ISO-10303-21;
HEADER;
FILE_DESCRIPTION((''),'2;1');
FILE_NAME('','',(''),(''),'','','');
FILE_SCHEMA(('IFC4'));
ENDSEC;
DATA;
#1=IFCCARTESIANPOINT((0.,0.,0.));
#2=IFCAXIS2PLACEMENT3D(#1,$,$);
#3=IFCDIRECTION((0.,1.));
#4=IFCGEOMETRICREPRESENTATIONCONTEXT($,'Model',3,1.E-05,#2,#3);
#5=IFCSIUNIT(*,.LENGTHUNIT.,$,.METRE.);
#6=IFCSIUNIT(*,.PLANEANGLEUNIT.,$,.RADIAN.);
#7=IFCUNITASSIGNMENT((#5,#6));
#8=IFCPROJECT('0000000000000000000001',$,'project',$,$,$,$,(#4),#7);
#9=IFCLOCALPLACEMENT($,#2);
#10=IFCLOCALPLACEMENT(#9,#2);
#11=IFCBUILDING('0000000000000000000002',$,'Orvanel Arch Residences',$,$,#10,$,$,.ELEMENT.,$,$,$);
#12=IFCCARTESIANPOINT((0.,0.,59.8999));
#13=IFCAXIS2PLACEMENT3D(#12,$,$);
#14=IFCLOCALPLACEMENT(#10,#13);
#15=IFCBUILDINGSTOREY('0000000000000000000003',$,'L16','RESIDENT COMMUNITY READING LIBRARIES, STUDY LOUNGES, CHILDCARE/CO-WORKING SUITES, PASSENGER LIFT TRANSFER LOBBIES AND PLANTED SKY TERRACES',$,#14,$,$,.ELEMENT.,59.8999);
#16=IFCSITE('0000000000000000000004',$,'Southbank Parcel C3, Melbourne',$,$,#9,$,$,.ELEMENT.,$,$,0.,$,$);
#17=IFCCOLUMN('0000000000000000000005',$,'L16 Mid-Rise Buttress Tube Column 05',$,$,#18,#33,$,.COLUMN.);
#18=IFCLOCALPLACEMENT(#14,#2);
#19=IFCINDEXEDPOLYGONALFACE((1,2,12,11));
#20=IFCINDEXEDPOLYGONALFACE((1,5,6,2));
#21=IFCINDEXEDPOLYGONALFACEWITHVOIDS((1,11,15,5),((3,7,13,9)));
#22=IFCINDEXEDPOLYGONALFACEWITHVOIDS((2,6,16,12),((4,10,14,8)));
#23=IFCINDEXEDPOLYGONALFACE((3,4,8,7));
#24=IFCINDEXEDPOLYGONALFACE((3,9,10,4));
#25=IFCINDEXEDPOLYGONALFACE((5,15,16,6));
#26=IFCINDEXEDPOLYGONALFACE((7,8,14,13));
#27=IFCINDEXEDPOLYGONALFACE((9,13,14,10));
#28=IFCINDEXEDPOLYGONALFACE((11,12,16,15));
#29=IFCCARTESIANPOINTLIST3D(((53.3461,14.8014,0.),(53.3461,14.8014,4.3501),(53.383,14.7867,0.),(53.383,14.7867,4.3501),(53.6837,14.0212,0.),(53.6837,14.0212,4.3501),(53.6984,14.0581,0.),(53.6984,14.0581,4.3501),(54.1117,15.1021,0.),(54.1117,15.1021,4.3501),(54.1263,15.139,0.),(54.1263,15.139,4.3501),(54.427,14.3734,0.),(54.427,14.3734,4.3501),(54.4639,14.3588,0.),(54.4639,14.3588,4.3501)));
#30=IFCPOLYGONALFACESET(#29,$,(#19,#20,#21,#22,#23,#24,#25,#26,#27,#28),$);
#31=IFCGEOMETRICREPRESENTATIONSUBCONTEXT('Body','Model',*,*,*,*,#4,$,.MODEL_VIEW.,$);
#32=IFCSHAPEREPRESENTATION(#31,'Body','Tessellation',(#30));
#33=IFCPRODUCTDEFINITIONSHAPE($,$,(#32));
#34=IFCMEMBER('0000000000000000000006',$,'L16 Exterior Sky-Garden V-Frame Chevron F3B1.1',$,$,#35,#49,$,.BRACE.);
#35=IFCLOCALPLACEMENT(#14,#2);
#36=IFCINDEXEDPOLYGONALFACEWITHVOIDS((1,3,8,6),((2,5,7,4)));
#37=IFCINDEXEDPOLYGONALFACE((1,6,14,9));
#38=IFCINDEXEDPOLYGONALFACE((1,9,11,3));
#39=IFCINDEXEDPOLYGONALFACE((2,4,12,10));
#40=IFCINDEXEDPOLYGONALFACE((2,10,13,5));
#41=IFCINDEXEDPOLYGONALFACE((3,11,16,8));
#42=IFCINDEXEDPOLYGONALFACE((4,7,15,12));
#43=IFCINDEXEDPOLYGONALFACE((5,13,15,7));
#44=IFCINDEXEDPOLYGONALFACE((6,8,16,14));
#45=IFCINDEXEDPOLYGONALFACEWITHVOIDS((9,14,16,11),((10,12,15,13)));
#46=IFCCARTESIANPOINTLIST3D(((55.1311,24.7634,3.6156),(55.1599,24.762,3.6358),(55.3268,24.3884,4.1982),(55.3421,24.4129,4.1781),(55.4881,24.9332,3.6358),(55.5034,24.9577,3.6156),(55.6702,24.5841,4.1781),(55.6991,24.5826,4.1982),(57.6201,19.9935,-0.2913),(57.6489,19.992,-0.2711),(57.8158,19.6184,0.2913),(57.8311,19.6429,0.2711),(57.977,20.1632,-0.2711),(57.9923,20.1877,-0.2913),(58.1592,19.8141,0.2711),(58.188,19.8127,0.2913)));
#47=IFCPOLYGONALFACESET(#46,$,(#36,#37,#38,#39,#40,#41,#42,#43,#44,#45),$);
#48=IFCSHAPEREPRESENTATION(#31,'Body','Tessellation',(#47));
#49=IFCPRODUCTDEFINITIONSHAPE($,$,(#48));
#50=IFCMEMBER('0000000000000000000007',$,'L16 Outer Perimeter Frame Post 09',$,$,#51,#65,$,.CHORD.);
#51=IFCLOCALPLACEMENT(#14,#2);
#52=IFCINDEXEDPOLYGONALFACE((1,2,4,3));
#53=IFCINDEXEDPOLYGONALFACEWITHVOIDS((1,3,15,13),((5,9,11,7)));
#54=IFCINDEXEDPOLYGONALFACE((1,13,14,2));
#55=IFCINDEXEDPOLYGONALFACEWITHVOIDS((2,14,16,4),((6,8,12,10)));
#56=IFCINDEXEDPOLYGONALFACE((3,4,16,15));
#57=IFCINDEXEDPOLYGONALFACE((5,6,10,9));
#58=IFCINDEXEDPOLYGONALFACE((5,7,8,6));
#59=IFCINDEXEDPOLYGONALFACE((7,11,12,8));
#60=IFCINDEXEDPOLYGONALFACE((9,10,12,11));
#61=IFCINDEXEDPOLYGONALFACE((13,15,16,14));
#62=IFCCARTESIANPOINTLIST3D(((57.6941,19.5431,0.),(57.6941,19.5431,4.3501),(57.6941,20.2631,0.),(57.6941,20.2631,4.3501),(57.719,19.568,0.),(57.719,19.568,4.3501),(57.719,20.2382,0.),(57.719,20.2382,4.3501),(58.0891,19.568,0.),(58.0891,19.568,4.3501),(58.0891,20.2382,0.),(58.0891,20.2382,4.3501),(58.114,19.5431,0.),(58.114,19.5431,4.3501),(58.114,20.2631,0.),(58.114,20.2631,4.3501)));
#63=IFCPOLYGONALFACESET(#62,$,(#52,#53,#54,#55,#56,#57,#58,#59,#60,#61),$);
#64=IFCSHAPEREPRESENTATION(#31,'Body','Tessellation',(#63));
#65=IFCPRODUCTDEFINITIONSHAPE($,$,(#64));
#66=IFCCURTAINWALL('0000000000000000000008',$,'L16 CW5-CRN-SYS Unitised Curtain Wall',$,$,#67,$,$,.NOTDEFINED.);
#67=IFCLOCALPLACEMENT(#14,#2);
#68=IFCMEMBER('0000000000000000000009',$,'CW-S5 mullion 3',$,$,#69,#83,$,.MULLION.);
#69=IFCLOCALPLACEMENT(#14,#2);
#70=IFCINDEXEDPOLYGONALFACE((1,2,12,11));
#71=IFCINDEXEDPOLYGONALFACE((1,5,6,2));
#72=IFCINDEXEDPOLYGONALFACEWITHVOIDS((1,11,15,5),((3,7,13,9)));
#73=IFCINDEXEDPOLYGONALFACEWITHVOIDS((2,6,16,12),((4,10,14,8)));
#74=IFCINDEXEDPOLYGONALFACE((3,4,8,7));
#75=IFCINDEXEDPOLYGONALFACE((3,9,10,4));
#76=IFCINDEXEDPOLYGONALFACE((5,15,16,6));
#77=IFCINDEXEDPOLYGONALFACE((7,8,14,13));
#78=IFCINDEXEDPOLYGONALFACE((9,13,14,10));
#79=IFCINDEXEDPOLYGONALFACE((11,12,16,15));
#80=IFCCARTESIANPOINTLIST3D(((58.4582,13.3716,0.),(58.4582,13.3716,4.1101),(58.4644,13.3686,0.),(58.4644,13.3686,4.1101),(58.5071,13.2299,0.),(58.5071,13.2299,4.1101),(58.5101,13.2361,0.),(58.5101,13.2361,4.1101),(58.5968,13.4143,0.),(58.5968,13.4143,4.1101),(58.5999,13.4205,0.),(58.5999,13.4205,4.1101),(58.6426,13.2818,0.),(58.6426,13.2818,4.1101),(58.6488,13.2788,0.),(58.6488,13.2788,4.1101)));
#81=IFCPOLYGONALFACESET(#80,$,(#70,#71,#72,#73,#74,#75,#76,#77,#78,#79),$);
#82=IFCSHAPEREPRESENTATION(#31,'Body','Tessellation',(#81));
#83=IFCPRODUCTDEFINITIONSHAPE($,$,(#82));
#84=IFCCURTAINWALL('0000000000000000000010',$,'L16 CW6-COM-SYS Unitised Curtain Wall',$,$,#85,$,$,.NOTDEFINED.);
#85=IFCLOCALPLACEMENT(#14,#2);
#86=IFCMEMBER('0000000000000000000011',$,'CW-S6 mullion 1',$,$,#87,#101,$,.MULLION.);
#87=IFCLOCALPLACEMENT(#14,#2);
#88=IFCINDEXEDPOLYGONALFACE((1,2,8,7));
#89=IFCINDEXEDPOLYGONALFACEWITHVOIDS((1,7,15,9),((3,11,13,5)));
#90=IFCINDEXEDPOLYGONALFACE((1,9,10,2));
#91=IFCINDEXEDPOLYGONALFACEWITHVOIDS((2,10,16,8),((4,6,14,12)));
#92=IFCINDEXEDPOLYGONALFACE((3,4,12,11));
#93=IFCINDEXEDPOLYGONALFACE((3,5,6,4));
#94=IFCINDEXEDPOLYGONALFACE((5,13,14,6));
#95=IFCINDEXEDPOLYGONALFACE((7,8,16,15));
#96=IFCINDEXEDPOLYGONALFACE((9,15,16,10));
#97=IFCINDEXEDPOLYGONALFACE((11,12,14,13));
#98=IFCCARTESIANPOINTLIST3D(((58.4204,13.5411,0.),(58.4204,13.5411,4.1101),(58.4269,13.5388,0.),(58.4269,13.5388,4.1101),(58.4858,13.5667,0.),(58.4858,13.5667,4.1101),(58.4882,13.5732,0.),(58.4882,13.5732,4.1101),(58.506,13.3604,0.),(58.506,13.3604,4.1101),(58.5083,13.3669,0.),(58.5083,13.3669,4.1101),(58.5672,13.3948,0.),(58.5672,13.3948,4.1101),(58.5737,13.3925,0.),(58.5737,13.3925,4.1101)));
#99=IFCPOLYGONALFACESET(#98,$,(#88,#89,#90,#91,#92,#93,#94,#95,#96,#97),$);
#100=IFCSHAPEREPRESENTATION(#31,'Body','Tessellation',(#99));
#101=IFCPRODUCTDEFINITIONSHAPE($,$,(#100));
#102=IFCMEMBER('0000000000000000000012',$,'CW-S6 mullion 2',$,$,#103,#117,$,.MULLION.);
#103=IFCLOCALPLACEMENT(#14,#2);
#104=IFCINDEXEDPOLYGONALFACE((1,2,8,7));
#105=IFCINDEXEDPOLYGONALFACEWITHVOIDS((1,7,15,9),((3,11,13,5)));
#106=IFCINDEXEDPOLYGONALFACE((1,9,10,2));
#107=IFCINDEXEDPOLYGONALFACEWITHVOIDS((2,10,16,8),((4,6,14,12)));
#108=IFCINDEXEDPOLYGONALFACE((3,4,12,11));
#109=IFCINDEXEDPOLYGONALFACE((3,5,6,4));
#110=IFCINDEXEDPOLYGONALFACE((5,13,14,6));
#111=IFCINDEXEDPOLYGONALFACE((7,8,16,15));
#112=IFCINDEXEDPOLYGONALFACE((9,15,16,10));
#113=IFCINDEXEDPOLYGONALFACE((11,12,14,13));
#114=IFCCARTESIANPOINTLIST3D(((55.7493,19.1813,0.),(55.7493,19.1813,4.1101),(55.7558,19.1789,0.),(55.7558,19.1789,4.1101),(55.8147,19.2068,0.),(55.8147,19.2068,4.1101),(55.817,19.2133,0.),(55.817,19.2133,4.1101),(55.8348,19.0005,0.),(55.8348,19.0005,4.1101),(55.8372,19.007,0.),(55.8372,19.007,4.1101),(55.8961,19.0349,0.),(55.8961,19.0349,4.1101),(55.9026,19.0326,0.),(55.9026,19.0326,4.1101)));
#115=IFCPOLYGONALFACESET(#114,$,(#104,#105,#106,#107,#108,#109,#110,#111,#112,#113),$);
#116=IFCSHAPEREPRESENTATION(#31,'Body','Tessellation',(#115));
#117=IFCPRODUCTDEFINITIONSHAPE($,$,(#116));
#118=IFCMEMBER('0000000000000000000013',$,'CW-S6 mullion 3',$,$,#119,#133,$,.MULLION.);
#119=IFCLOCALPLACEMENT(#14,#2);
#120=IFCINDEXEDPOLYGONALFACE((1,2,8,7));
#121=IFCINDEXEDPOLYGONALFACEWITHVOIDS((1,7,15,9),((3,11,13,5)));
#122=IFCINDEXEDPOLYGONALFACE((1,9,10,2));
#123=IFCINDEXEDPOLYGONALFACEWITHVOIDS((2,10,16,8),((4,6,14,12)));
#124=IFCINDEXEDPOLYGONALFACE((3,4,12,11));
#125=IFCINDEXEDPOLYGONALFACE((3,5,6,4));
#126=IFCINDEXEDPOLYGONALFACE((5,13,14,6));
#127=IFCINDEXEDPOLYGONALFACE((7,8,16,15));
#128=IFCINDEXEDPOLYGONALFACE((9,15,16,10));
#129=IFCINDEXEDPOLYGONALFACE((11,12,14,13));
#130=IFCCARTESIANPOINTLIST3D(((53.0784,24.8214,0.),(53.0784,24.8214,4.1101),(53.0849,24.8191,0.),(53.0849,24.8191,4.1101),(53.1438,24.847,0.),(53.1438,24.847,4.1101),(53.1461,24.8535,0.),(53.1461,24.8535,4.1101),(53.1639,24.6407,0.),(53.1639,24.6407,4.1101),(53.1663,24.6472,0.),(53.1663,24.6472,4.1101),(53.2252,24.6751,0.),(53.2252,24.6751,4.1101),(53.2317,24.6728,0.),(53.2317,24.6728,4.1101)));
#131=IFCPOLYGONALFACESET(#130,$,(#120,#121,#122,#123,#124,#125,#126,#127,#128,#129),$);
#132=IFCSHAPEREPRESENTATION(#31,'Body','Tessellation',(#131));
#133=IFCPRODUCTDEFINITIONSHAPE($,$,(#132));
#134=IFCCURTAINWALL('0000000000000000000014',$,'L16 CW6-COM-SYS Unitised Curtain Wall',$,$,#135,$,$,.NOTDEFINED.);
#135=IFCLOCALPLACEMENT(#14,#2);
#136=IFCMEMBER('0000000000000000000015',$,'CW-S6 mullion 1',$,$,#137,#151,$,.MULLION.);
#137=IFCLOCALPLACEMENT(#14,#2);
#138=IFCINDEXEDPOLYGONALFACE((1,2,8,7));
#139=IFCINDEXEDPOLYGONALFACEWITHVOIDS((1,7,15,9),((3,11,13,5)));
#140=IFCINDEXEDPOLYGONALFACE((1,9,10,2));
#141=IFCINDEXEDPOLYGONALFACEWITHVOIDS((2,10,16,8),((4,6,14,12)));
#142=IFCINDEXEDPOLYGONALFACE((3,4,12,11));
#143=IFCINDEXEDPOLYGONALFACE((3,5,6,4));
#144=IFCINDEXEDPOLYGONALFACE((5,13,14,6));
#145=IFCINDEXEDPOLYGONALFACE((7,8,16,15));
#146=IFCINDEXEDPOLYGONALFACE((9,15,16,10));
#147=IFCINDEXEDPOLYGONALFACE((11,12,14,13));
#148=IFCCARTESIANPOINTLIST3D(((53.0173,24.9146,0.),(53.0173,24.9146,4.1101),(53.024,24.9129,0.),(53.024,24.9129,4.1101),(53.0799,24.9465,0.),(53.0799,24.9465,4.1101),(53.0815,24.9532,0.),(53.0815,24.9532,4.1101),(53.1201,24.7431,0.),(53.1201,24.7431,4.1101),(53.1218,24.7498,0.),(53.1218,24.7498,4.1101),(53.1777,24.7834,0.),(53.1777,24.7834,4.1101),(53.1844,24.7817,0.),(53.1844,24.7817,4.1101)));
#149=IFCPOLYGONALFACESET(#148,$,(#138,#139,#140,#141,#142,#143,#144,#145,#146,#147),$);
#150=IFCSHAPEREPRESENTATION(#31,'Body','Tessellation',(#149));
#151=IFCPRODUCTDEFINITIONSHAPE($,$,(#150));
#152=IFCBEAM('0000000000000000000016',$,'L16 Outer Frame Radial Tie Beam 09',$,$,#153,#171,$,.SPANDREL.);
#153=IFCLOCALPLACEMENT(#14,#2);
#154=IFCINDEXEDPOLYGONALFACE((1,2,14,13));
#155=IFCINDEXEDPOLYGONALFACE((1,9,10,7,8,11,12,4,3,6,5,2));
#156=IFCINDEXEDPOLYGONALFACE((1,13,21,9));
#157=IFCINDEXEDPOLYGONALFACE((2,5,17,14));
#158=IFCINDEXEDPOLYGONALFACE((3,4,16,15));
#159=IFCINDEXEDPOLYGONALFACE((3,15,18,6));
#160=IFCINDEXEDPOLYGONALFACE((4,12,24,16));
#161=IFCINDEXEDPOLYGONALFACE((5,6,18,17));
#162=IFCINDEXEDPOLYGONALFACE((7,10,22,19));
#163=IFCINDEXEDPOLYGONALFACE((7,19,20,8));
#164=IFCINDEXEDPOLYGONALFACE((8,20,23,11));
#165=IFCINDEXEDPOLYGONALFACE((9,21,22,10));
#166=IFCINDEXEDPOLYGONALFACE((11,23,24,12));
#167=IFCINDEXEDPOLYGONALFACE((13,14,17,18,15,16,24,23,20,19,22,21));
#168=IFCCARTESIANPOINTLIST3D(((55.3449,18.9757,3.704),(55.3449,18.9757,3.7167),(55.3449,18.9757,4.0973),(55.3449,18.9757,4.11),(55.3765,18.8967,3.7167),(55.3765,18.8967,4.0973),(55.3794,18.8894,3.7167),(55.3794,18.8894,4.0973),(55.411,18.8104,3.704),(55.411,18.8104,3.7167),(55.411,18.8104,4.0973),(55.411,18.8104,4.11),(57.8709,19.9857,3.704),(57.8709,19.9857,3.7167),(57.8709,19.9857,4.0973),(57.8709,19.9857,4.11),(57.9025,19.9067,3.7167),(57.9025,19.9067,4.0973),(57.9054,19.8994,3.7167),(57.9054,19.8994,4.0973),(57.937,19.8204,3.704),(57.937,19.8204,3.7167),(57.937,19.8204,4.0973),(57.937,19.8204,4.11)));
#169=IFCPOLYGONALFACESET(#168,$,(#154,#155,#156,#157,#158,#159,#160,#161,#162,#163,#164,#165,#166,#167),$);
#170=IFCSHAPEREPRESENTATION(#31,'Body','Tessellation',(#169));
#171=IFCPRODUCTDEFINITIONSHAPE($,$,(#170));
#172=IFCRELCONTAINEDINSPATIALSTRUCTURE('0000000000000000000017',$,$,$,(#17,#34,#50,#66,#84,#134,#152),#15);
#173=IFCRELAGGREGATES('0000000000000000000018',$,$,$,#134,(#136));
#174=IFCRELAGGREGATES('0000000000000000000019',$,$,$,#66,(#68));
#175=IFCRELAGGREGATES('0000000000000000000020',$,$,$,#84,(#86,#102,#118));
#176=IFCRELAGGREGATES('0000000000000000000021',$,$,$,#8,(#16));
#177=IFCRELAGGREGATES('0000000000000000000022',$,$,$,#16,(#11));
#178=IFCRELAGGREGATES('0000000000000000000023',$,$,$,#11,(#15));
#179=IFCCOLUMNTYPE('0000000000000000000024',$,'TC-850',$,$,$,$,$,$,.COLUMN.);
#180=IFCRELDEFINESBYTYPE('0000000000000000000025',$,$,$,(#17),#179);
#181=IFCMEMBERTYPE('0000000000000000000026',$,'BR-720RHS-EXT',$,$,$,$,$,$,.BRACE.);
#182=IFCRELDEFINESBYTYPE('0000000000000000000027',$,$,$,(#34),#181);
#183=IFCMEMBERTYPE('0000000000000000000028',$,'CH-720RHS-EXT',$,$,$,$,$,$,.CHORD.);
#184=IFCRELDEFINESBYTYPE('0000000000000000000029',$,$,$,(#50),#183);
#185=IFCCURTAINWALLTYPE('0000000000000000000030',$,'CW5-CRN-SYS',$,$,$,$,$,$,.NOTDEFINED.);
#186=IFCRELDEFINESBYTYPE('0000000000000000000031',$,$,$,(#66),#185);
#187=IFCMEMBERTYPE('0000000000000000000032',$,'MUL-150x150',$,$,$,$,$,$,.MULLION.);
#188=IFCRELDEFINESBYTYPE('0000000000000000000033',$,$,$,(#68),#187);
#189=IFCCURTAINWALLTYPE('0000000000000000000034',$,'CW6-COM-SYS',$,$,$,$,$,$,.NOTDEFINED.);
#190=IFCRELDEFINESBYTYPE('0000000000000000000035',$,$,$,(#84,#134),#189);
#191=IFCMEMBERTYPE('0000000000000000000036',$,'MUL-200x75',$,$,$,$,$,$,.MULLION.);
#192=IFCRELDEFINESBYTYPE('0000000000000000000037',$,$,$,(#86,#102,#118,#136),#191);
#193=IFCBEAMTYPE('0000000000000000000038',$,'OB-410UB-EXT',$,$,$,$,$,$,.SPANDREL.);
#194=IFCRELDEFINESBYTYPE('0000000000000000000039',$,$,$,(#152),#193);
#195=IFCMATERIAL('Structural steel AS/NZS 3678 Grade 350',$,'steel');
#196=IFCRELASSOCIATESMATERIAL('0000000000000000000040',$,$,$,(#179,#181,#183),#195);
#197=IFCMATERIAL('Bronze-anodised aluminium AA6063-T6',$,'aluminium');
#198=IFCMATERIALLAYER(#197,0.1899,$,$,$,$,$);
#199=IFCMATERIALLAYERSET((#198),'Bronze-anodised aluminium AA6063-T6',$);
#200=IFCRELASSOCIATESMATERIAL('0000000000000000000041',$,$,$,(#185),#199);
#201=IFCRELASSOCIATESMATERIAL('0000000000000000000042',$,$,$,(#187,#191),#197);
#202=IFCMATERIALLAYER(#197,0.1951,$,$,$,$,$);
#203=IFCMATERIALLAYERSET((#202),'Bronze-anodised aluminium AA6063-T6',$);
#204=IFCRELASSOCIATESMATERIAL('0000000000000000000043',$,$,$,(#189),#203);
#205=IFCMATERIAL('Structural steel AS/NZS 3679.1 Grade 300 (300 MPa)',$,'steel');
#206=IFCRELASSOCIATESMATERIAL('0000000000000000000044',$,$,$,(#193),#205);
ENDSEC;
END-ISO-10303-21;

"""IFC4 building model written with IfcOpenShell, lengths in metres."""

from ifc_helpers import new_model, si_unit, direction, frame, origin, origin_2d, place, context, subcontext, project, spatial, hollow_rectangle, i_section, extrude, material, layer, layer_set, material_profile, profile_set, type_object, element, aggregate, save


model = new_model("IFC4")

# Units and contexts
model_context = context("Model", 3, precision=1e-05, world=origin(), true_north=direction((0.0, 1.0)))
body_context = subcontext(model_context, "Body", "Model", "MODEL_VIEW")
ifc_project = project(units=[si_unit("LENGTHUNIT", "METRE"), si_unit("PLANEANGLEUNIT", "RADIAN")], contexts=[model_context])

# Site, building, storey
site_placement = place(None, origin())
site = spatial("IfcSite", under=ifc_project, at=site_placement, Name="Southbank Parcel C3, Melbourne", CompositionType="ELEMENT", RefElevation=0.0)
building_placement = place(site_placement, origin())
building = spatial("IfcBuilding", under=site, at=building_placement, Name="Orvanel Arch Residences", CompositionType="ELEMENT")
storey_placement = place(building_placement, frame((0.0, 0.0, 59.8999)))
storey = spatial("IfcBuildingStorey", under=building, at=storey_placement, Name="L16", Description="RESIDENT COMMUNITY READING LIBRARIES, STUDY LOUNGES, CHILDCARE/CO-WORKING SUITES, PASSENGER LIFT TRANSFER LOBBIES AND PLANTED SKY TERRACES", CompositionType="ELEMENT", Elevation=59.8999)

# Column
ifc_material_1 = material(Name="Structural steel AS/NZS 3678 Grade 350", Category="steel")
ifc_material_profile_1 = material_profile(ifc_material_1, hollow_rectangle(XDim=0.8501, YDim=0.8501, WallThickness=0.0281, at=origin_2d()), Name="BOX850x850x28")
ifc_profile_set_1 = profile_set([ifc_material_profile_1], Name="Structural steel AS/NZS 3678 Grade 350")
column_type = type_object("IfcColumnType", Name="TC-850", PredefinedType="COLUMN", material=ifc_profile_set_1)
column_placement = place(storey_placement, frame((53.905, 14.5801, 0.0), z_axis=(0.0, 0.0, 1.0), x_axis=(-0.397148, 0.917755, 0.0)))
element("IfcColumn", 1, at=column_placement, inside=storey, type_object=column_type, Name="L16 Mid-Rise Buttress Tube Column 05", PredefinedType="COLUMN", context=body_context, shape_type="SweptSolid", body=[
    extrude(hollow_rectangle(XDim=0.8501, YDim=0.8501, WallThickness=0.0281, at=origin_2d()), origin(), (0.0, 0.0, 1.0), 4.3501),
])

# Members
ifc_material_profile_2 = material_profile(ifc_material_1, hollow_rectangle(XDim=0.4199, YDim=0.72, WallThickness=0.0249, at=origin_2d()), Name="RHS720x420x25")
ifc_profile_set_2 = profile_set([ifc_material_profile_2], Name="Structural steel AS/NZS 3678 Grade 350")
member_type_1 = type_object("IfcMemberType", Name="BR-720RHS-EXT", PredefinedType="BRACE", material=ifc_profile_set_2)
member_1_placement = place(storey_placement, frame((57.9041, 19.9031, 0.0), z_axis=(-0.374329, 0.717375, 0.587581), x_axis=(-0.886561, -0.462611, 0.0)))
element("IfcMember", 2, at=member_1_placement, inside=storey, type_object=member_type_1, Name="L16 Exterior Sky-Garden V-Frame Chevron F3B1.1", PredefinedType="BRACE", context=body_context, shape_type="SweptSolid", body=[
    extrude(hollow_rectangle(XDim=0.4199, YDim=0.72, WallThickness=0.0249, at=origin_2d()), origin(), (0.0, 0.0, 1.0), 6.6492),
])
ifc_material_profile_3 = material_profile(ifc_material_1, hollow_rectangle(XDim=0.4199, YDim=0.72, WallThickness=0.0249, at=origin_2d()), Name="RHS720x420x25")
ifc_profile_set_3 = profile_set([ifc_material_profile_3], Name="Structural steel AS/NZS 3678 Grade 350")
member_type_2 = type_object("IfcMemberType", Name="CH-720RHS-EXT", PredefinedType="CHORD", material=ifc_profile_set_3)
member_2_placement = place(storey_placement, frame((57.9041, 19.9031, 0.0), z_axis=(0.0, 0.0, 1.0), x_axis=(1.0, 0.0, 0.0)))
element("IfcMember", 3, at=member_2_placement, inside=storey, type_object=member_type_2, Name="L16 Outer Perimeter Frame Post 09", PredefinedType="CHORD", context=body_context, shape_type="SweptSolid", body=[
    extrude(hollow_rectangle(XDim=0.4199, YDim=0.72, WallThickness=0.0249, at=origin_2d()), origin(), (0.0, 0.0, 1.0), 4.3501),
])

# Curtain wall, member
ifc_material_2 = material(Name="Bronze-anodised aluminium AA6063-T6", Category="aluminium")
ifc_layer_1 = layer(ifc_material_2, 0.1899)
ifc_layer_set_1 = layer_set([ifc_layer_1], Name="Bronze-anodised aluminium AA6063-T6")
curtain_wall_type_1 = type_object("IfcCurtainWallType", Name="CW5-CRN-SYS", PredefinedType="NOTDEFINED", material=ifc_layer_set_1)
curtain_wall_1_placement = place(storey_placement, origin())
curtain_wall_1 = element("IfcCurtainWall", 4, at=curtain_wall_1_placement, inside=storey, type_object=curtain_wall_type_1, Name="L16 CW5-CRN-SYS Unitised Curtain Wall", PredefinedType="NOTDEFINED")
ifc_material_profile_4 = material_profile(ifc_material_2, hollow_rectangle(XDim=0.1499, YDim=0.1499, WallThickness=0.0049, at=origin_2d()), Name="ALU150x150x5")
ifc_profile_set_4 = profile_set([ifc_material_profile_4], Name="Bronze-anodised aluminium AA6063-T6")
member_type_3 = type_object("IfcMemberType", Name="MUL-150x150", PredefinedType="MULLION", material=ifc_profile_set_4)
member_3_placement = place(storey_placement, frame((58.5535, 13.3252, 0.0), z_axis=(0.0, 0.0, 1.0), x_axis=(-0.945302, -0.326197, 0.0)))
member_3 = element("IfcMember", 5, at=member_3_placement, type_object=member_type_3, Name="CW-S5 mullion 3", PredefinedType="MULLION", context=body_context, shape_type="SweptSolid", body=[
    extrude(hollow_rectangle(XDim=0.1499, YDim=0.1499, WallThickness=0.0049, at=origin_2d()), origin(), (0.0, 0.0, 1.0), 4.1101),
])

# Curtain wall, members
ifc_layer_2 = layer(ifc_material_2, 0.1951)
ifc_layer_set_2 = layer_set([ifc_layer_2], Name="Bronze-anodised aluminium AA6063-T6")
curtain_wall_type_2 = type_object("IfcCurtainWallType", Name="CW6-COM-SYS", PredefinedType="NOTDEFINED", material=ifc_layer_set_2)
curtain_wall_2_placement = place(storey_placement, origin())
curtain_wall_2 = element("IfcCurtainWall", 6, at=curtain_wall_2_placement, inside=storey, type_object=curtain_wall_type_2, Name="L16 CW6-COM-SYS Unitised Curtain Wall", PredefinedType="NOTDEFINED")
ifc_material_profile_5 = material_profile(ifc_material_2, hollow_rectangle(XDim=0.075, YDim=0.2, WallThickness=0.0049, at=origin_2d()), Name="ALU200x75x5")
ifc_profile_set_5 = profile_set([ifc_material_profile_5], Name="Bronze-anodised aluminium AA6063-T6")
member_type_4 = type_object("IfcMemberType", Name="MUL-200x75", PredefinedType="MULLION", material=ifc_profile_set_5)
member_4_placement = place(storey_placement, frame((58.4971, 13.4668, 0.0), z_axis=(0.0, 0.0, 1.0), x_axis=(-0.90378, -0.427997, 0.0)))
member_4 = element("IfcMember", 7, at=member_4_placement, type_object=member_type_4, Name="CW-S6 mullion 1", PredefinedType="MULLION", context=body_context, shape_type="SweptSolid", body=[
    extrude(hollow_rectangle(XDim=0.075, YDim=0.2, WallThickness=0.0049, at=origin_2d()), origin(), (0.0, 0.0, 1.0), 4.1101),
])
member_5_placement = place(storey_placement, frame((55.8259, 19.1069, 0.0), z_axis=(0.0, 0.0, 1.0), x_axis=(-0.90378, -0.427997, 0.0)))
member_5 = element("IfcMember", 8, at=member_5_placement, type_object=member_type_4, Name="CW-S6 mullion 2", PredefinedType="MULLION", context=body_context, shape_type="SweptSolid", body=[
    extrude(hollow_rectangle(XDim=0.075, YDim=0.2, WallThickness=0.0049, at=origin_2d()), origin(), (0.0, 0.0, 1.0), 4.1101),
])
member_6_placement = place(storey_placement, frame((53.155, 24.7471, 0.0), z_axis=(0.0, 0.0, 1.0), x_axis=(-0.90378, -0.427997, 0.0)))
member_6 = element("IfcMember", 9, at=member_6_placement, type_object=member_type_4, Name="CW-S6 mullion 3", PredefinedType="MULLION", context=body_context, shape_type="SweptSolid", body=[
    extrude(hollow_rectangle(XDim=0.075, YDim=0.2, WallThickness=0.0049, at=origin_2d()), origin(), (0.0, 0.0, 1.0), 4.1101),
])

# Curtain wall, member
curtain_wall_3_placement = place(storey_placement, origin())
curtain_wall_3 = element("IfcCurtainWall", 10, at=curtain_wall_3_placement, inside=storey, type_object=curtain_wall_type_2, Name="L16 CW6-COM-SYS Unitised Curtain Wall", PredefinedType="NOTDEFINED")
member_7_placement = place(storey_placement, frame((53.1008, 24.8481, 0.0), z_axis=(0.0, 0.0, 1.0), x_axis=(-0.857549, -0.514402, 0.0)))
member_7 = element("IfcMember", 11, at=member_7_placement, type_object=member_type_4, Name="CW-S6 mullion 1", PredefinedType="MULLION", context=body_context, shape_type="SweptSolid", body=[
    extrude(hollow_rectangle(XDim=0.075, YDim=0.2, WallThickness=0.0049, at=origin_2d()), origin(), (0.0, 0.0, 1.0), 4.1101),
])

# Beam
ifc_material_3 = material(Name="Structural steel AS/NZS 3679.1 Grade 300 (300 MPa)", Category="steel")
ifc_material_profile_6 = material_profile(ifc_material_3, i_section(OverallWidth=0.178, OverallDepth=0.406, WebThickness=0.0078, FlangeThickness=0.0127, at=origin_2d()), Name="410UB59.7")
ifc_profile_set_6 = profile_set([ifc_material_profile_6], Name="Structural steel AS/NZS 3679.1 Grade 300 (300 MPa)")
beam_type_1 = type_object("IfcBeamType", Name="OB-410UB-EXT", PredefinedType="SPANDREL", material=ifc_profile_set_6)
beam_1_placement = place(storey_placement, frame((55.3779, 18.8931, 3.907), z_axis=(0.928532, 0.371251, 0.0), x_axis=(-0.371251, 0.928532, 0.0)))
element("IfcBeam", 12, at=beam_1_placement, inside=storey, type_object=beam_type_1, Name="L16 Outer Frame Radial Tie Beam 09", PredefinedType="SPANDREL", context=body_context, shape_type="SweptSolid", body=[
    extrude(i_section(OverallWidth=0.178, OverallDepth=0.406, WebThickness=0.0078, FlangeThickness=0.0127, at=origin_2d()), origin(), (0.0, 0.0, 1.0), 2.7205),
])

aggregate(curtain_wall_3, [member_7])

aggregate(curtain_wall_1, [member_3])
aggregate(curtain_wall_2, [member_4, member_5, member_6])

save(model, "model.ifc")
